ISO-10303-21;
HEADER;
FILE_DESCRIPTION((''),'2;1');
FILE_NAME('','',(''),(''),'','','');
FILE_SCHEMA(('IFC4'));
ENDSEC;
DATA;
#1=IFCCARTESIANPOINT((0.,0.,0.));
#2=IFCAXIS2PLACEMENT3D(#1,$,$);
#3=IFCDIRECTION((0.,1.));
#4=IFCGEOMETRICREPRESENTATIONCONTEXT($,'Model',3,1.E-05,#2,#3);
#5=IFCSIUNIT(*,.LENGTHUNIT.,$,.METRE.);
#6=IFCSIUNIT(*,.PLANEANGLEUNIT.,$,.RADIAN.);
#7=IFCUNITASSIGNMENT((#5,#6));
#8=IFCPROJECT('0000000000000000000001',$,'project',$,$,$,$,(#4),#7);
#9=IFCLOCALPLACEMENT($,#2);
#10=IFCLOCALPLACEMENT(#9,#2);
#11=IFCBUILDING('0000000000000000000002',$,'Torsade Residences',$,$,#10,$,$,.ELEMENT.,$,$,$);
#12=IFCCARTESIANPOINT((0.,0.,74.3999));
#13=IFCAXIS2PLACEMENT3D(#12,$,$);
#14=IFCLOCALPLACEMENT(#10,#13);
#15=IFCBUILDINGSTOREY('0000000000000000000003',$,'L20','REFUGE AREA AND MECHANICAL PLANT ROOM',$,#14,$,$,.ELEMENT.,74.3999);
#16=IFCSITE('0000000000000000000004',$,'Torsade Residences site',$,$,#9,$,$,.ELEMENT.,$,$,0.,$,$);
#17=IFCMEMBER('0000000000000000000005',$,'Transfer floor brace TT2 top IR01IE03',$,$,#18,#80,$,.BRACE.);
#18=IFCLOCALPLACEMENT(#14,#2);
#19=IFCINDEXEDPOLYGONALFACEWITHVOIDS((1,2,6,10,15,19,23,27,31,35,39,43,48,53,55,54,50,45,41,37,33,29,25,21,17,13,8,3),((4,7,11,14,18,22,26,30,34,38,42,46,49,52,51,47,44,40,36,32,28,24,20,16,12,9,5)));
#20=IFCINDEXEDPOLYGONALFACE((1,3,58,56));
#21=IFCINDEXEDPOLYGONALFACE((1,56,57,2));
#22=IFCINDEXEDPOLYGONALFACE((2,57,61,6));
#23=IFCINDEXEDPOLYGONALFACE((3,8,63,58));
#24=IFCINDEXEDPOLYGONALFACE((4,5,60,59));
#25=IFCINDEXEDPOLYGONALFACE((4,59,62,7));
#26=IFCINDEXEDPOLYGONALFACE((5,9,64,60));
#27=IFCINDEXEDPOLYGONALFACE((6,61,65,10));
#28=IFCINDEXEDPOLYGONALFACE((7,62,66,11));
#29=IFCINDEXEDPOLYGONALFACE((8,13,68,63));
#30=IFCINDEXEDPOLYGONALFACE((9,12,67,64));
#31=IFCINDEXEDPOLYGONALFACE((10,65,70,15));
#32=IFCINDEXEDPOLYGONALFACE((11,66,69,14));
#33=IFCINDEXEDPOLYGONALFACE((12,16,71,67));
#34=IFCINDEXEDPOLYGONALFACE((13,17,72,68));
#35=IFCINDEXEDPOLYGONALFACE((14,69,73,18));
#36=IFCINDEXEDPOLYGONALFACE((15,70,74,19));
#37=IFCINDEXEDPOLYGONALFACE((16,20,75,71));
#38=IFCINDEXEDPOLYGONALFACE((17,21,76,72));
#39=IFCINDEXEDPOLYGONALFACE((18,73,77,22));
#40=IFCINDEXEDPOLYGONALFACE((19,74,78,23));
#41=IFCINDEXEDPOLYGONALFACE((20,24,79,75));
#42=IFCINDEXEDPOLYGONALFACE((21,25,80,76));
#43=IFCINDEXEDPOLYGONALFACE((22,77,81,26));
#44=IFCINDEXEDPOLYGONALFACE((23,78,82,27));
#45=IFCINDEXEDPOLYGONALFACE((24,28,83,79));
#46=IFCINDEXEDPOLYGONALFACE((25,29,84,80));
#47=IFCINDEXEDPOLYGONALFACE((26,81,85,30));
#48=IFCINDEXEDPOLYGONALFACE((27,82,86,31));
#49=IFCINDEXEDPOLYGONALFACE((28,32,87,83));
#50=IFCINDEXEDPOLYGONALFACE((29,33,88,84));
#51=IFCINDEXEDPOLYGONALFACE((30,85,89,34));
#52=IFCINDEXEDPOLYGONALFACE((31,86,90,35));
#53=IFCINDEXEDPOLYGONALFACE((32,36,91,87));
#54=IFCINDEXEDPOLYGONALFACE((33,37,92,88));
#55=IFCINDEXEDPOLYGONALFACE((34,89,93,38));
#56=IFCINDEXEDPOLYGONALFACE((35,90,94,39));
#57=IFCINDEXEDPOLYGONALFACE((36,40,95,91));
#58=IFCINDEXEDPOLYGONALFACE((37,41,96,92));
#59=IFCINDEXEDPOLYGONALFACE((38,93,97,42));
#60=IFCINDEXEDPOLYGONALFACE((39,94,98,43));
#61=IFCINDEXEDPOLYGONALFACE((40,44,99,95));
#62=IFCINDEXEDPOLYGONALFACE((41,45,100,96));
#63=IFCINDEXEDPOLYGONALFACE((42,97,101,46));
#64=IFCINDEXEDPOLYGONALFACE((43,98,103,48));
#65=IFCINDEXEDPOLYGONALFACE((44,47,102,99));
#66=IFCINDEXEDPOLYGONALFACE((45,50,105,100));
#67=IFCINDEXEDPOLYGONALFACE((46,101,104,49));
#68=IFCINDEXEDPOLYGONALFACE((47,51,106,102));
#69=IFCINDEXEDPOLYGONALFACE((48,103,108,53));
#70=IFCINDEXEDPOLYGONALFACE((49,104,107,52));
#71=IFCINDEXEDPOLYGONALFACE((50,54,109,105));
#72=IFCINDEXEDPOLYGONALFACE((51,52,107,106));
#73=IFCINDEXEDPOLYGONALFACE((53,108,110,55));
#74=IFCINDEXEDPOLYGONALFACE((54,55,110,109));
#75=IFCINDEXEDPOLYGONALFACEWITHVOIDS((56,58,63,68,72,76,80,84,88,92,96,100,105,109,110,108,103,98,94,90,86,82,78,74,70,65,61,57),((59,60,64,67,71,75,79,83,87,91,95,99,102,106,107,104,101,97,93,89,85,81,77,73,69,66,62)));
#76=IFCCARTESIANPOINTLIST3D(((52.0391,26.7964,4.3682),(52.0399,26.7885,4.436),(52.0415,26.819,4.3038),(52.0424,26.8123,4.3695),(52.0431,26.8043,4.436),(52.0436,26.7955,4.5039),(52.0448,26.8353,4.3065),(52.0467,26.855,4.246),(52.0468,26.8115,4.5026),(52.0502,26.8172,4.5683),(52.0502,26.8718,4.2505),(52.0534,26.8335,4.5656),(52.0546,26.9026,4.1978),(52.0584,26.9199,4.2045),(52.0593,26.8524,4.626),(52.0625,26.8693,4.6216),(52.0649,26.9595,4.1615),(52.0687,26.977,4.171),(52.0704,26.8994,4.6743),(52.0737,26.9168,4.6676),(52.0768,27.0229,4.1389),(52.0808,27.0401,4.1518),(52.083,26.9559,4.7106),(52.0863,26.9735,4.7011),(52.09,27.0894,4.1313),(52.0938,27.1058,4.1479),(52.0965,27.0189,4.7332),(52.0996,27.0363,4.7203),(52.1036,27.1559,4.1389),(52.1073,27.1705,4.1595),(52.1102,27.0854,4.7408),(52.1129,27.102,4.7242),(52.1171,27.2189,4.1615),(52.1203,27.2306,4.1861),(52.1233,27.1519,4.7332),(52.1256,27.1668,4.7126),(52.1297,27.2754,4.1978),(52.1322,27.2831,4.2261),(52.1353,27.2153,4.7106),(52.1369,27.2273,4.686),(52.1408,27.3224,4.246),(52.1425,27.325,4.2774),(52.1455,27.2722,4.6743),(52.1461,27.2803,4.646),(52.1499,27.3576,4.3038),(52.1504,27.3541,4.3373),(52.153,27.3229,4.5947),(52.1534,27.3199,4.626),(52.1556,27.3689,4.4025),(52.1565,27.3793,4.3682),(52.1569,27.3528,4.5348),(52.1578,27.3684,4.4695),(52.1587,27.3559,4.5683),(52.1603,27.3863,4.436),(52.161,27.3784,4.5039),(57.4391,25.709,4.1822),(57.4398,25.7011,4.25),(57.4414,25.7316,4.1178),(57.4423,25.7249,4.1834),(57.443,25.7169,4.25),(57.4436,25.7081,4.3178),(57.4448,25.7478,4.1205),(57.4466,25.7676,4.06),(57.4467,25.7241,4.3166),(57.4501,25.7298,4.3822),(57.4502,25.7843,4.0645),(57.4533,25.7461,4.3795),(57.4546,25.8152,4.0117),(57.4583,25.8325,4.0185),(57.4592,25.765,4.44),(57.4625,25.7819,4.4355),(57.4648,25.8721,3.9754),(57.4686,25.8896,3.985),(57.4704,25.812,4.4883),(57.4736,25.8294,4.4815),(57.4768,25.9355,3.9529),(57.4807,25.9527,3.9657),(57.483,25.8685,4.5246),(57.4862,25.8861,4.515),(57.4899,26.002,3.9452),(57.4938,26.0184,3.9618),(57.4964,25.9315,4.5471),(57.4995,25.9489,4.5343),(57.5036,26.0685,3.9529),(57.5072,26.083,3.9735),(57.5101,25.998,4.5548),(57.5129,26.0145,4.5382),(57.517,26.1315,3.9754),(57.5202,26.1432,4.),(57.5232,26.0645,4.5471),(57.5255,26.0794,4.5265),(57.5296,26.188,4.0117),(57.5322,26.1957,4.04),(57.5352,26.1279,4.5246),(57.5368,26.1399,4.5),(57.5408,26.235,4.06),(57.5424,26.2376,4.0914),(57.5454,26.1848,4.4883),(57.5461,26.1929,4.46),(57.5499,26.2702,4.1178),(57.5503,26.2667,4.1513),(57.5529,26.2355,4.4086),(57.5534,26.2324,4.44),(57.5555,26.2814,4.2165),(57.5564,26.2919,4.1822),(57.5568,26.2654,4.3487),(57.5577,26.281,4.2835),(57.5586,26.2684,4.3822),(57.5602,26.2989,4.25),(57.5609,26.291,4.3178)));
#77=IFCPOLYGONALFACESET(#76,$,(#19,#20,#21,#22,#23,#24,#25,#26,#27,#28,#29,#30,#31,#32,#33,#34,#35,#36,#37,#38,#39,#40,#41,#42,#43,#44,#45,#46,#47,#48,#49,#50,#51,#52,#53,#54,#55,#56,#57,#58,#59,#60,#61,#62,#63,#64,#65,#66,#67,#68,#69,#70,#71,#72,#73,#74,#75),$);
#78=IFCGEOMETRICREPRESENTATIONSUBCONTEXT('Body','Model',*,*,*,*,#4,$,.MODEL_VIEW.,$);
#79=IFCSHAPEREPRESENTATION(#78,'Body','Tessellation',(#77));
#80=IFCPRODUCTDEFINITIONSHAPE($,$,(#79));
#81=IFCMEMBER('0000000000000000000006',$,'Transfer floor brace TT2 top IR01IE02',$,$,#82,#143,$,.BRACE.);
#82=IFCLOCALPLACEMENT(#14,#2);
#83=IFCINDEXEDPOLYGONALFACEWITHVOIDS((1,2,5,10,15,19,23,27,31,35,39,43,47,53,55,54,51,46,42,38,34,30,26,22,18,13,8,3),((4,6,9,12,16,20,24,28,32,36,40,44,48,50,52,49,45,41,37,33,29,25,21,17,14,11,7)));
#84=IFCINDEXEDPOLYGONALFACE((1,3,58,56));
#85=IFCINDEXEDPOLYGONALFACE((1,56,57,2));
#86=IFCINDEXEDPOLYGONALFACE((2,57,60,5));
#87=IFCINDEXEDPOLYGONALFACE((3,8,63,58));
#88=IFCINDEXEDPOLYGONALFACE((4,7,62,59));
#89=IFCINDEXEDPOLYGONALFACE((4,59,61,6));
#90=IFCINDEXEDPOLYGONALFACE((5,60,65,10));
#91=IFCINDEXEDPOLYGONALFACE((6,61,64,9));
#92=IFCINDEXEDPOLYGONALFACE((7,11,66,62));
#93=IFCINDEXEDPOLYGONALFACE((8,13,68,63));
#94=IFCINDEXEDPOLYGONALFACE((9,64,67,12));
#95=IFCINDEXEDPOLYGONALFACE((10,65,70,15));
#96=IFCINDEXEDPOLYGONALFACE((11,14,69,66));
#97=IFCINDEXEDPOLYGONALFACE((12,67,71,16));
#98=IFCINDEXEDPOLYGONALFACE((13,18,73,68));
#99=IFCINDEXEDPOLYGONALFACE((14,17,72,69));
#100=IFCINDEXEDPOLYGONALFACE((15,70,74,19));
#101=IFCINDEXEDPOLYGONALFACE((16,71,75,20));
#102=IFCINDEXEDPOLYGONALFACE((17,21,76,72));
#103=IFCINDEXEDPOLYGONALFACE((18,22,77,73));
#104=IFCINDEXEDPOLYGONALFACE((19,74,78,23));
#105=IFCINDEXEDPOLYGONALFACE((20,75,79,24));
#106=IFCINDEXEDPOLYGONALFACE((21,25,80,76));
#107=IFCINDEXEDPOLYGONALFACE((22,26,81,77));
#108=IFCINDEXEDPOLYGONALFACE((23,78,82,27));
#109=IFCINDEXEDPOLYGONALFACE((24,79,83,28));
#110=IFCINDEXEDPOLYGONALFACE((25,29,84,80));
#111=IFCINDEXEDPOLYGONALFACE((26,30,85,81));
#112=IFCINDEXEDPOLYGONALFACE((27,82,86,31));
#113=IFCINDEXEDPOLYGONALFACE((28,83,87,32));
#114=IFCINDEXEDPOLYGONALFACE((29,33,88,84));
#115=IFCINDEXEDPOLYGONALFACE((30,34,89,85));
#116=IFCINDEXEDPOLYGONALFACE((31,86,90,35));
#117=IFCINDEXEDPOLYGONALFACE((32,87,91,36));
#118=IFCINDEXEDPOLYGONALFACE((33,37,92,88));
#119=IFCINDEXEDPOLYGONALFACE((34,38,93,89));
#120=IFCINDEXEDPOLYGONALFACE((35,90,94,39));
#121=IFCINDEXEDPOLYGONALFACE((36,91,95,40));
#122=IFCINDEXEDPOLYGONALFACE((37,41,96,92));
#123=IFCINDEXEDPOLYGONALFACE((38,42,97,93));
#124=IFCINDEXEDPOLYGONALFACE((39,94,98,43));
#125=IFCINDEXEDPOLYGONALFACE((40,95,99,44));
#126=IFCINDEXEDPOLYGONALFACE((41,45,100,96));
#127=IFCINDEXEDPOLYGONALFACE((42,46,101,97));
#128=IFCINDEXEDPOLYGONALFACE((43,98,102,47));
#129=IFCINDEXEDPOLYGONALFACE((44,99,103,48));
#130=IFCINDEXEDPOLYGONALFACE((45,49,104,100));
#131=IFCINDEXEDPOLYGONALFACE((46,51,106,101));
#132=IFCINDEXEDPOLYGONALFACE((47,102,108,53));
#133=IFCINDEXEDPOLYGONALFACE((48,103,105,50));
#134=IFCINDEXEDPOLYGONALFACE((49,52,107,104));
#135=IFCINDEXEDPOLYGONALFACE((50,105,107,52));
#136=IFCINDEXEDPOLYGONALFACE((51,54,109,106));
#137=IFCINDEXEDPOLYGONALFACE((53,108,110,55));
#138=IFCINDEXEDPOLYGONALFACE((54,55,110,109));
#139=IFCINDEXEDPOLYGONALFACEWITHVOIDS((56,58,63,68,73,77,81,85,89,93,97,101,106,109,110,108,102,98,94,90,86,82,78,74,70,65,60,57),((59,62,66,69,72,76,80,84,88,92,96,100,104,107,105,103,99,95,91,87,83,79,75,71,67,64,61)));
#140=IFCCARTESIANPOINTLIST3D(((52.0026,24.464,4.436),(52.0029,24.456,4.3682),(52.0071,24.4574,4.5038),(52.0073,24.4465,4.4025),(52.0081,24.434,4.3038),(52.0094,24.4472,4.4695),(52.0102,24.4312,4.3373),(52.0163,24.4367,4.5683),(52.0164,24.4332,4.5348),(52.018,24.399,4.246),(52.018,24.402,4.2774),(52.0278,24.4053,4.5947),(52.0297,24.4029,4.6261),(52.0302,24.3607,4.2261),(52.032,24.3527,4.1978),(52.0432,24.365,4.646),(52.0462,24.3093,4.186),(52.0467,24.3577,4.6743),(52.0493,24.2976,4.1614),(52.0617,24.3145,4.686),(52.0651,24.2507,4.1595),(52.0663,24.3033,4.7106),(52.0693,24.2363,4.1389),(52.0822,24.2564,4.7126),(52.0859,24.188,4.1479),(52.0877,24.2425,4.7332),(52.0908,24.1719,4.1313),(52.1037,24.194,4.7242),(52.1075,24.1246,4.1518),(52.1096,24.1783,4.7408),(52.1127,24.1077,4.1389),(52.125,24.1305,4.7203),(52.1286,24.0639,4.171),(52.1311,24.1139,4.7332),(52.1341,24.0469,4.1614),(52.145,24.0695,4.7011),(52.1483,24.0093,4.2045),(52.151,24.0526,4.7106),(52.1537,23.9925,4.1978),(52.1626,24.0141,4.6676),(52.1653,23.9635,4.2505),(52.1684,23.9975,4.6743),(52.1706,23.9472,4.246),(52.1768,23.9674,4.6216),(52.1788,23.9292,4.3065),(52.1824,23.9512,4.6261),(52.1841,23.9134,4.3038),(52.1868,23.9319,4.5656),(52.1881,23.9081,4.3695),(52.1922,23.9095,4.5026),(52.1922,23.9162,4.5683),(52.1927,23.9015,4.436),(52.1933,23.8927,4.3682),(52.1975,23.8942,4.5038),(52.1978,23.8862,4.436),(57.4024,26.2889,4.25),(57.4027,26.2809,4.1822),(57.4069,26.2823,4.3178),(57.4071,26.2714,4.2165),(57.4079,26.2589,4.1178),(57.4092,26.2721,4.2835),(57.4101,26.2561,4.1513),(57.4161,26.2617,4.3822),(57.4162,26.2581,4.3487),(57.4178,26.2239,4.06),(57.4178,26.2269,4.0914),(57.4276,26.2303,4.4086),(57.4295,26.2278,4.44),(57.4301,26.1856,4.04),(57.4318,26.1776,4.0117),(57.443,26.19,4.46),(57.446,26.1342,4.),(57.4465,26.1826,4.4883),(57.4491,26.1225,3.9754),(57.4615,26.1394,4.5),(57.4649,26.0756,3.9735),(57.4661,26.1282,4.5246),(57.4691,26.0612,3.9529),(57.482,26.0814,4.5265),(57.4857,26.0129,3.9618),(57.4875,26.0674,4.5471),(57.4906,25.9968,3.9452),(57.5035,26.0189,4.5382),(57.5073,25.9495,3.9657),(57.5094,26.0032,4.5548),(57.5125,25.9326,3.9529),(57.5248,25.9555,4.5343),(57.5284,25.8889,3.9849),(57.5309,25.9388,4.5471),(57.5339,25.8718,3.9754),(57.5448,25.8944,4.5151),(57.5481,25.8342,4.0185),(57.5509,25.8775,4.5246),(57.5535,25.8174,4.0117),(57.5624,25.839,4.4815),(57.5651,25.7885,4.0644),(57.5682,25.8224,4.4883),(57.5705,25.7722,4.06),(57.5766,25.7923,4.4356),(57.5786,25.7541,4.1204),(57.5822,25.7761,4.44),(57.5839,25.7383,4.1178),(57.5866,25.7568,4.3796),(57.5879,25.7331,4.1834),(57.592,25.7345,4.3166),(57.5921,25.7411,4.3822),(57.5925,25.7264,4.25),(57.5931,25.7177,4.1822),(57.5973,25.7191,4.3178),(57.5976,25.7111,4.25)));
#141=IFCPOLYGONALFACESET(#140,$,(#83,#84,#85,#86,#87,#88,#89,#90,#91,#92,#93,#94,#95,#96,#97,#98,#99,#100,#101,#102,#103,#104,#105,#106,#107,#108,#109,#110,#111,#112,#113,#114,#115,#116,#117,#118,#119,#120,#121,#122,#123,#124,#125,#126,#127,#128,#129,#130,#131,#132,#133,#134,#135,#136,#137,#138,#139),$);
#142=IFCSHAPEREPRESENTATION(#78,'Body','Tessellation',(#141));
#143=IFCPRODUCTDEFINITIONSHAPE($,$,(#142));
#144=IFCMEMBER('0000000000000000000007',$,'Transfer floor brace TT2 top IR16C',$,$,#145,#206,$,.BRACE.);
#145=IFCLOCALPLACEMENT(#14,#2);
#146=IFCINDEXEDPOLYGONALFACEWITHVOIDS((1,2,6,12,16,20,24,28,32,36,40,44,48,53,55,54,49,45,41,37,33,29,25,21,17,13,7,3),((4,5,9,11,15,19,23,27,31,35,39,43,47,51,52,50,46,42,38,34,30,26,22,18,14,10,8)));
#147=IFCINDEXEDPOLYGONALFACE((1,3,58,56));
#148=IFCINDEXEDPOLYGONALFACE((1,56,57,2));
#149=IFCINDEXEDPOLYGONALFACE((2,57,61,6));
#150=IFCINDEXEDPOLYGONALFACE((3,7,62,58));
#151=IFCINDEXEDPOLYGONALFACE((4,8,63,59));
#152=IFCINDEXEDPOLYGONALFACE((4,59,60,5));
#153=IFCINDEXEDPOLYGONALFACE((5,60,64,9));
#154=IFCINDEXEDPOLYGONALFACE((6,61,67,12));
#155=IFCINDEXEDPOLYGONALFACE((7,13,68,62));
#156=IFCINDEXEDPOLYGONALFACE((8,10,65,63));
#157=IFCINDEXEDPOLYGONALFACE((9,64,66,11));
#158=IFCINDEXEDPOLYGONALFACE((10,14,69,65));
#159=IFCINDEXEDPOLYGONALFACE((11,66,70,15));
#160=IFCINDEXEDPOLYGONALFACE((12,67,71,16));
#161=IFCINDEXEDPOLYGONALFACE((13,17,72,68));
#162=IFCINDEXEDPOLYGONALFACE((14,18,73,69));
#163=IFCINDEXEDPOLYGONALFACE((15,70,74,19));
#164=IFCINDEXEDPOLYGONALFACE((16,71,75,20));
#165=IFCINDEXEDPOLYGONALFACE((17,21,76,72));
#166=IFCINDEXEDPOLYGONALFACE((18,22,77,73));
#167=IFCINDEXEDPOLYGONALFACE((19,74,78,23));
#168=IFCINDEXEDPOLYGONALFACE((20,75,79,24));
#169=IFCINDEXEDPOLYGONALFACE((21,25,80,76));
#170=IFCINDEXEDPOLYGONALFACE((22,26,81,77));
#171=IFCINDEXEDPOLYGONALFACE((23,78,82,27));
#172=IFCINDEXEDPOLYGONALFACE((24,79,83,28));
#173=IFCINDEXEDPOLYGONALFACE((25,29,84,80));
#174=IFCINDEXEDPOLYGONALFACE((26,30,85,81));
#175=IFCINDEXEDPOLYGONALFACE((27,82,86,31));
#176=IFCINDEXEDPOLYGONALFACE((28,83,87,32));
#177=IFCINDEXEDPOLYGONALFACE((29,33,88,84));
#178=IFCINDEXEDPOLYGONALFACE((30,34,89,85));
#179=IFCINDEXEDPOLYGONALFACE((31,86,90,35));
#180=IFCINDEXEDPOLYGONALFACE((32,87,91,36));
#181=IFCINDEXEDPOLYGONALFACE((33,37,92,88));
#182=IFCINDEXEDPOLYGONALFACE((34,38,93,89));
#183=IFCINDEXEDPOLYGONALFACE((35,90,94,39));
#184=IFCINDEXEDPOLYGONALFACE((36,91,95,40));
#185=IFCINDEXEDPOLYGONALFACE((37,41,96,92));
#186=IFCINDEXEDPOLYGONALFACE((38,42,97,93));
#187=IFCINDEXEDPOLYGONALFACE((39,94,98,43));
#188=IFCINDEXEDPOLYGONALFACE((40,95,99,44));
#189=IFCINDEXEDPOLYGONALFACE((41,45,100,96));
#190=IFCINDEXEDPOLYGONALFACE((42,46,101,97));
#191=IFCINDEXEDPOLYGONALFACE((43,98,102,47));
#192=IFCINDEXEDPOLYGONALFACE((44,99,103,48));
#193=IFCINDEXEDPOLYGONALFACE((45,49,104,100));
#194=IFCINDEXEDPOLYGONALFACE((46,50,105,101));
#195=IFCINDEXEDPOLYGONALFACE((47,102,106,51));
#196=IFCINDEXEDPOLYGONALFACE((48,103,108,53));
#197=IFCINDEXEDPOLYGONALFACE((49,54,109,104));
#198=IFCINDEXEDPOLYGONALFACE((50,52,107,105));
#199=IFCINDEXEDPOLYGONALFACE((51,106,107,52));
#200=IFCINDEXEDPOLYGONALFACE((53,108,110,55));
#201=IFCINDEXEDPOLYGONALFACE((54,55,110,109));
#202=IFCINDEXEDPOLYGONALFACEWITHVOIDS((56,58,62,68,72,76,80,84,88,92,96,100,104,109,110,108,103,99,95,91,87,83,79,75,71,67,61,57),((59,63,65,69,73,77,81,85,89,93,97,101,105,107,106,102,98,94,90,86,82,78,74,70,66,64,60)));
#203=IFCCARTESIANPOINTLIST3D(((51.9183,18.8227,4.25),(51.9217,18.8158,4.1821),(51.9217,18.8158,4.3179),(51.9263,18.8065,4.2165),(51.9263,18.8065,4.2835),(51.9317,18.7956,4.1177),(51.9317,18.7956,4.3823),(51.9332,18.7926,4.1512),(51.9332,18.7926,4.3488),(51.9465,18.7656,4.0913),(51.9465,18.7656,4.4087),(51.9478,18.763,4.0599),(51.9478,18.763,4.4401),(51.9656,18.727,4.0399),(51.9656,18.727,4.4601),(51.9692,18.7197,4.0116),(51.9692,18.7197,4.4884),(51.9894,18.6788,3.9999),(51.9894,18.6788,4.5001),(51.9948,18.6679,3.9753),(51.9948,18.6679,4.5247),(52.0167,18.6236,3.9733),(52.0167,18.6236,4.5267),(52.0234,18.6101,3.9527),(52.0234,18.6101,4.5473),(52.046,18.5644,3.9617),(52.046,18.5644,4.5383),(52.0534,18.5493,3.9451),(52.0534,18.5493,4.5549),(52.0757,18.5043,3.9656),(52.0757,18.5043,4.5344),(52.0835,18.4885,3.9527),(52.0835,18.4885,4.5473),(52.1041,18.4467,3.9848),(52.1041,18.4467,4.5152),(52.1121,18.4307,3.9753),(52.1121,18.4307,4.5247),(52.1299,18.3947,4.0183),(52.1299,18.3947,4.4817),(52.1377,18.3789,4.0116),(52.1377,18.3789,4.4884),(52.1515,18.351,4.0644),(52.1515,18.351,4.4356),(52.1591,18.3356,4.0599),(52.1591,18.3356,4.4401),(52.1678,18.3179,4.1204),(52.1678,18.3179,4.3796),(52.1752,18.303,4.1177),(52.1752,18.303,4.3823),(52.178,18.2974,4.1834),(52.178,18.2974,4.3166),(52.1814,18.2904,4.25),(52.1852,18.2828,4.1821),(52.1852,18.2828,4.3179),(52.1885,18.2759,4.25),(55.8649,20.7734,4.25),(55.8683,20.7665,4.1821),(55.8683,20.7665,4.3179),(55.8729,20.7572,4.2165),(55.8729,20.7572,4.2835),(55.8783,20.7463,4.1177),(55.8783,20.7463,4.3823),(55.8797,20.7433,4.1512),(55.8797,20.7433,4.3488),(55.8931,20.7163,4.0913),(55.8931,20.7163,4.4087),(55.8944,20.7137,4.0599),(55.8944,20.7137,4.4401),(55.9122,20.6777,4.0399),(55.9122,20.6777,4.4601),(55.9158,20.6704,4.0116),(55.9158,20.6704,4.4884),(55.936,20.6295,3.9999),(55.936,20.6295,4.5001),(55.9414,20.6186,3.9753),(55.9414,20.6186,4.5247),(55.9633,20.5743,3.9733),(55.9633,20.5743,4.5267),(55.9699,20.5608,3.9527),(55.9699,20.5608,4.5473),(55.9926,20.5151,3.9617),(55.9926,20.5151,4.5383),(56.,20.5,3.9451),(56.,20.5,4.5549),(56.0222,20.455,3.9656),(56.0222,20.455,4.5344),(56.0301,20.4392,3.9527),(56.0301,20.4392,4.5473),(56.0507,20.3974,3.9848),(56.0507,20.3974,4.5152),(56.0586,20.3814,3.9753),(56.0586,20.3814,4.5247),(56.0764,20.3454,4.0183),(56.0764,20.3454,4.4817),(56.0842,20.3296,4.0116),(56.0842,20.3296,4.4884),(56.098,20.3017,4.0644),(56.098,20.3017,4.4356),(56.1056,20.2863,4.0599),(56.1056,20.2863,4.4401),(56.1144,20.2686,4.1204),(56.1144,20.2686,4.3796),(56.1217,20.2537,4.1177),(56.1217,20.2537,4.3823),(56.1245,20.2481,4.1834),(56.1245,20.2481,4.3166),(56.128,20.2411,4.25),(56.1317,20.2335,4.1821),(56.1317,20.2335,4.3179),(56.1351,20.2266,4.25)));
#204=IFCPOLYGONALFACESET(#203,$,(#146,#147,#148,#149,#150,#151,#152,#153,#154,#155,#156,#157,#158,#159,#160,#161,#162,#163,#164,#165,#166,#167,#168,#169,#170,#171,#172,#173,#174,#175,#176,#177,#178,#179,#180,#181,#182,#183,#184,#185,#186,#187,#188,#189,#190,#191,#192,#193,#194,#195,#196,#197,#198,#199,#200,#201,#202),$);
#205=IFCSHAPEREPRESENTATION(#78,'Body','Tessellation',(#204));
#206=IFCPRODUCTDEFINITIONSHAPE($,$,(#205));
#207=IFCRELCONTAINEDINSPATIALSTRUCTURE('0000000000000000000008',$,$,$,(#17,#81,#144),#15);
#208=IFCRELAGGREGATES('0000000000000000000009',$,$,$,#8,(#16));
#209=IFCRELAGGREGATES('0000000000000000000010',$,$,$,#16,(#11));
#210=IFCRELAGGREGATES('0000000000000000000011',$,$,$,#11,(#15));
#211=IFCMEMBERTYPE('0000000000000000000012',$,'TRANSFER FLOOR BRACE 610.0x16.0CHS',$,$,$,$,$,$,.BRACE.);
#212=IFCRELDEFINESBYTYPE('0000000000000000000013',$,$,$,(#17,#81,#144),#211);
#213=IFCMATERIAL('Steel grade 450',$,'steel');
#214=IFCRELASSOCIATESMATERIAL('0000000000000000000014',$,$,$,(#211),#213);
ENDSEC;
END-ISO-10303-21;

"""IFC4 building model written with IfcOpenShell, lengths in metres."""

from ifc_helpers import new_model, si_unit, direction, frame, origin, origin_2d, place, context, subcontext, project, spatial, hollow_circle, extrude, material, material_profile, profile_set, type_object, element, save


model = new_model("IFC4")

# Units and contexts
model_context = context("Model", 3, precision=1e-05, world=origin(), true_north=direction((0.0, 1.0)))
body_context = subcontext(model_context, "Body", "Model", "MODEL_VIEW")
ifc_project = project(units=[si_unit("LENGTHUNIT", "METRE"), si_unit("PLANEANGLEUNIT", "RADIAN")], contexts=[model_context])

# Site, building, storey
site_placement = place(None, origin())
site = spatial("IfcSite", under=ifc_project, at=site_placement, Name="Torsade Residences site", CompositionType="ELEMENT", RefElevation=0.0)
building_placement = place(site_placement, origin())
building = spatial("IfcBuilding", under=site, at=building_placement, Name="Torsade Residences", CompositionType="ELEMENT")
storey_placement = place(building_placement, frame((0.0, 0.0, 74.3999)))
storey = spatial("IfcBuildingStorey", under=building, at=storey_placement, Name="L20", Description="REFUGE AREA AND MECHANICAL PLANT ROOM", CompositionType="ELEMENT", Elevation=74.3999)

# Members
ifc_material_1 = material(Name="Steel grade 450", Category="steel")
ifc_material_profile_1 = material_profile(ifc_material_1, hollow_circle(Radius=0.3049, WallThickness=0.0161, at=origin_2d()), Name="610.0x16.0CHS")
ifc_profile_set_1 = profile_set([ifc_material_profile_1], Name="Steel grade 450")
member_type_1 = type_object("IfcMemberType", Name="TRANSFER FLOOR BRACE 610.0x16.0CHS", PredefinedType="BRACE", material=ifc_profile_set_1)
member_1_placement = place(storey_placement, frame((57.5, 26.0, 4.25), z_axis=(-0.979762, 0.197299, 0.033754), x_axis=(-0.197412, -0.980321, 0.0)))
element("IfcMember", 1, at=member_1_placement, inside=storey, type_object=member_type_1, Name="Transfer floor brace TT2 top IR01IE03", PredefinedType="BRACE", context=body_context, shape_type="SweptSolid", body=[
    extrude(hollow_circle(Radius=0.3049, WallThickness=0.0161, at=origin_2d()), origin(), (0.0, 0.0, 1.0), 5.5115),
])
member_2_placement = place(storey_placement, frame((57.5, 26.0, 4.25), z_axis=(-0.946856, -0.319999, 0.032621), x_axis=(0.32017, -0.94736, 0.0)))
element("IfcMember", 2, at=member_2_placement, inside=storey, type_object=member_type_1, Name="Transfer floor brace TT2 top IR01IE02", PredefinedType="BRACE", context=body_context, shape_type="SweptSolid", body=[
    extrude(hollow_circle(Radius=0.3049, WallThickness=0.0161, at=origin_2d()), origin(), (0.0, 0.0, 1.0), 5.7029),
])
member_3_placement = place(storey_placement, frame((56.0, 20.5, 4.25), z_axis=(-0.89647, -0.443105, 0.0), x_axis=(0.443105, -0.89647, 0.0)))
element("IfcMember", 3, at=member_3_placement, inside=storey, type_object=member_type_1, Name="Transfer floor brace TT2 top IR16C", PredefinedType="BRACE", context=body_context, shape_type="SweptSolid", body=[
    extrude(hollow_circle(Radius=0.3049, WallThickness=0.0161, at=origin_2d()), origin(), (0.0, 0.0, 1.0), 4.4023),
])

save(model, "model.ifc")
